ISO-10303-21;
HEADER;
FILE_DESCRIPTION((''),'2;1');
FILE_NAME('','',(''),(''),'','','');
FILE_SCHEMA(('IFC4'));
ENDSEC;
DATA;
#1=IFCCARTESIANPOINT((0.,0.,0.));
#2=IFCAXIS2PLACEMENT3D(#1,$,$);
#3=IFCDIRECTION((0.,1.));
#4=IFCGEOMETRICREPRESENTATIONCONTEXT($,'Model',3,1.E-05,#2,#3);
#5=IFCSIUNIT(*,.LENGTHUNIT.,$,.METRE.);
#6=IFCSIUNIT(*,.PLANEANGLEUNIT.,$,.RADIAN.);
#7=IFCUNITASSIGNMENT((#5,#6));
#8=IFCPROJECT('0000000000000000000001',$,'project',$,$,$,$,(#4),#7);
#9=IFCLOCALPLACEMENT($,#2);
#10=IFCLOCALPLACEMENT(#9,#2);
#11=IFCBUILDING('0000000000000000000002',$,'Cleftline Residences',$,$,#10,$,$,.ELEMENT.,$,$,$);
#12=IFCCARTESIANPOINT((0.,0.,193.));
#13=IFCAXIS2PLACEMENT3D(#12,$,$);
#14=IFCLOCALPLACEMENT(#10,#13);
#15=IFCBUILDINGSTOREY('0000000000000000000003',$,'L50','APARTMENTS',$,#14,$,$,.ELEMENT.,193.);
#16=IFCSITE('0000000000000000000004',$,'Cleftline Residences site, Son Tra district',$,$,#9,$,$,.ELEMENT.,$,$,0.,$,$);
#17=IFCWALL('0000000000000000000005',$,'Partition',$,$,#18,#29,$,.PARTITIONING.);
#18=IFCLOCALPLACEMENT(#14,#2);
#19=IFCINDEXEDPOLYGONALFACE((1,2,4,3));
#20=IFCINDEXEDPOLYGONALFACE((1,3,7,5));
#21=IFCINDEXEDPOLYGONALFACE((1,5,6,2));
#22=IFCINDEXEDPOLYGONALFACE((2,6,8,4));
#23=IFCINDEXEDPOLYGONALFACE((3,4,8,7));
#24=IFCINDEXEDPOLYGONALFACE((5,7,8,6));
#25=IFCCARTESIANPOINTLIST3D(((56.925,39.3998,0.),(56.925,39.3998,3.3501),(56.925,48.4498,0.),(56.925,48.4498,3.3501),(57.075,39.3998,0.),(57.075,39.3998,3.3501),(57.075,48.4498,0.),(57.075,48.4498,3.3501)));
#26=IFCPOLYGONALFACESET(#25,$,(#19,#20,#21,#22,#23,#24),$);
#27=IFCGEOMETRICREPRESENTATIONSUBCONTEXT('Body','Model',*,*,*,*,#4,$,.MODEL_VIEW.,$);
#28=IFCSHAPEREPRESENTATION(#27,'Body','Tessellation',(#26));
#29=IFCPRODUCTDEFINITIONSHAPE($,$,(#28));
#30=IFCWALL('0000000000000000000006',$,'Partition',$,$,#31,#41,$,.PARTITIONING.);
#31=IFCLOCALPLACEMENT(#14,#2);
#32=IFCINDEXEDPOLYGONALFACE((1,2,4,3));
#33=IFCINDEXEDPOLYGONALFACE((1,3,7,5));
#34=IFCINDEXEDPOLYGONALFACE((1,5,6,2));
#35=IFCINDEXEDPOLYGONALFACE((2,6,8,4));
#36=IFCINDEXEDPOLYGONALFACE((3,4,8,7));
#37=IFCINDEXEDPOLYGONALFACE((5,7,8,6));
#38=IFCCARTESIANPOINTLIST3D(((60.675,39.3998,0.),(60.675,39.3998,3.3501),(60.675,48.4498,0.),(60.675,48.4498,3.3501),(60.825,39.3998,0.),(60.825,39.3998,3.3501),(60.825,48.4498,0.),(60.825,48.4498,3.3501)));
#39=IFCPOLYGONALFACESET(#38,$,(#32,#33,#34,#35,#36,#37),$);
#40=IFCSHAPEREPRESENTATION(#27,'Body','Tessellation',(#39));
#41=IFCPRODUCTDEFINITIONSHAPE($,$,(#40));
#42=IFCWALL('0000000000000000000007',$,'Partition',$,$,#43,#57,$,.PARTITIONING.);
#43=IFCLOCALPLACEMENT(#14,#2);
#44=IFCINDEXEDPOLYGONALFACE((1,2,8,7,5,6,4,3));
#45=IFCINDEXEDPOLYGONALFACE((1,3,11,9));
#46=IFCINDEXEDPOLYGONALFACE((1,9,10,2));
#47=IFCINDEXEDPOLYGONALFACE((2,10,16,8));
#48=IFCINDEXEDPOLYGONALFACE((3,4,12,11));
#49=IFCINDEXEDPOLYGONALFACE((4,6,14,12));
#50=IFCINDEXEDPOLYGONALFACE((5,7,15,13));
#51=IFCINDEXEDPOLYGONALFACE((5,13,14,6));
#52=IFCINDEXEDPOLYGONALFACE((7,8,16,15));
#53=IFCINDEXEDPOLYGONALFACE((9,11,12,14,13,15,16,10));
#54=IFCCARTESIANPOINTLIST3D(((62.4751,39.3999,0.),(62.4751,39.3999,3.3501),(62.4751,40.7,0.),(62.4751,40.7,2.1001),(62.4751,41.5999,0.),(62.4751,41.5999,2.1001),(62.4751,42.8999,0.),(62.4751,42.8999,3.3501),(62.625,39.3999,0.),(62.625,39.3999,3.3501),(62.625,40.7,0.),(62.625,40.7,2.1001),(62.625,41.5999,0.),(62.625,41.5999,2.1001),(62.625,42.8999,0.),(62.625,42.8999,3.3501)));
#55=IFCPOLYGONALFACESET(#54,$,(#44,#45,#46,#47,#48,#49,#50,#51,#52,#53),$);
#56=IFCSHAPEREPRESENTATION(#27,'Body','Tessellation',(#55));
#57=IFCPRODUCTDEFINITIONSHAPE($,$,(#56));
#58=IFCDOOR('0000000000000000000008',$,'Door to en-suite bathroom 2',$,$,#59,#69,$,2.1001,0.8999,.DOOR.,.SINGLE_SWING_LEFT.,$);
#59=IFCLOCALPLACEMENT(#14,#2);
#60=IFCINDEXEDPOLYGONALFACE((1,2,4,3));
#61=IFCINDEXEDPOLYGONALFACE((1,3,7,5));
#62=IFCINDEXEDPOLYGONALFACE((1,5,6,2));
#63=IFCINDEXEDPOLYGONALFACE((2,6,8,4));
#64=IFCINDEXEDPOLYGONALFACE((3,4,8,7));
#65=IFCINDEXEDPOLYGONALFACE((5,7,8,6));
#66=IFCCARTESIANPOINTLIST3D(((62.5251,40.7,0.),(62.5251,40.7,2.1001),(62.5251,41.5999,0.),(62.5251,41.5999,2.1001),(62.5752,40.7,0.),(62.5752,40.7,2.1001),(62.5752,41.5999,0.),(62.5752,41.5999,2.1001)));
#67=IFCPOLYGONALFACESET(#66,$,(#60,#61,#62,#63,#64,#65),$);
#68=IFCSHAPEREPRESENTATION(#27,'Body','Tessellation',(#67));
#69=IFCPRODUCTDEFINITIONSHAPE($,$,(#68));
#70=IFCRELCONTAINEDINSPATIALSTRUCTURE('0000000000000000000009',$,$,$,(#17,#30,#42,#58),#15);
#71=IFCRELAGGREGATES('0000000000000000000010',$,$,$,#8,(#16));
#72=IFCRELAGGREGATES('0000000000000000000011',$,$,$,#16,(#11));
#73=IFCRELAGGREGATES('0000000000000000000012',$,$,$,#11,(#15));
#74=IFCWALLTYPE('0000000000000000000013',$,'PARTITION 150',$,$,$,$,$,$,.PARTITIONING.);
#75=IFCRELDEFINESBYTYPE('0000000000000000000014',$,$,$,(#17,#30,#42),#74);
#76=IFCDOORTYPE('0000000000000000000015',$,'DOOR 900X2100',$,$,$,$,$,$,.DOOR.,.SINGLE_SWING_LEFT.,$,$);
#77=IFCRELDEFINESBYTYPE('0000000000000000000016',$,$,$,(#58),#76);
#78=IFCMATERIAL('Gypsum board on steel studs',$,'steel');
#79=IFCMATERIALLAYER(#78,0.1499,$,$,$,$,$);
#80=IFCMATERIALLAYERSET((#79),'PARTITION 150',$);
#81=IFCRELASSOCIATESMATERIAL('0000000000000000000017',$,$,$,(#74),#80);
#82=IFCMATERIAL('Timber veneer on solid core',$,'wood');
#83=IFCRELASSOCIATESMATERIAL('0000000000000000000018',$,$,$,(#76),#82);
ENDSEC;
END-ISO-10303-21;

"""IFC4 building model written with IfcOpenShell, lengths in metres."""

from ifc_helpers import new_model, si_unit, direction, frame, frame_2d, origin, place, context, subcontext, project, spatial, rectangle, extrude, material, layer, layer_set, type_object, element, fill, save


model = new_model("IFC4")

# Units and contexts
model_context = context("Model", 3, precision=1e-05, world=origin(), true_north=direction((0.0, 1.0)))
body_context = subcontext(model_context, "Body", "Model", "MODEL_VIEW")
ifc_project = project(units=[si_unit("LENGTHUNIT", "METRE"), si_unit("PLANEANGLEUNIT", "RADIAN")], contexts=[model_context])

# Site, building, storey
site_placement = place(None, origin())
site = spatial("IfcSite", under=ifc_project, at=site_placement, Name="Cleftline Residences site, Son Tra district", CompositionType="ELEMENT", RefElevation=0.0)
building_placement = place(site_placement, origin())
building = spatial("IfcBuilding", under=site, at=building_placement, Name="Cleftline Residences", CompositionType="ELEMENT")
storey_placement = place(building_placement, frame((0.0, 0.0, 193.0)))
storey = spatial("IfcBuildingStorey", under=building, at=storey_placement, Name="L50", Description="APARTMENTS", CompositionType="ELEMENT", Elevation=193.0)

# Shared definitions
ifc_material_1 = material(Name="Gypsum board on steel studs", Category="steel")
ifc_layer = layer(ifc_material_1, 0.1499)
ifc_layer_set = layer_set([ifc_layer], Name="PARTITION 150")
wall_type = type_object("IfcWallType", Name="PARTITION 150", PredefinedType="PARTITIONING", material=ifc_layer_set)

# Shared definitions
ifc_material_2 = material(Name="Timber veneer on solid core", Category="wood")
door_type_1 = type_object("IfcDoorType", Name="DOOR 900X2100", OperationType="SINGLE_SWING_LEFT", PredefinedType="DOOR", material=ifc_material_2)

# Walls
for number, where, z_axis, x_axis, name in (
    (1, (57.0, 39.3999, 0.0), (0.0, 0.0, 1.0), (0.0, 1.0, 0.0), "Partition"),
    (2, (60.75, 39.3999, 0.0), (0.0, 0.0, 1.0), (0.0, 1.0, 0.0), "Partition"),
):
    element("IfcWall", number, at=place(storey_placement, frame(where, z_axis=z_axis, x_axis=x_axis)), inside=storey, type_object=wall_type, Name=name, PredefinedType="PARTITIONING", context=body_context, shape_type="SweptSolid", body=[
        extrude(rectangle(XDim=9.05, YDim=0.1499, at=frame_2d((4.5249, 0.0))), origin(), (0.0, 0.0, 1.0), 3.3501),
    ])

# Wall, opening, door
wall_1_placement = place(storey_placement, frame((62.55, 39.3999, 0.0), z_axis=(0.0, 0.0, 1.0), x_axis=(0.0, 1.0, 0.0)))
wall_1 = element("IfcWall", 3, at=wall_1_placement, inside=storey, type_object=wall_type, Name="Partition", PredefinedType="PARTITIONING", context=body_context, shape_type="SweptSolid", body=[
    extrude(rectangle(XDim=3.5, YDim=0.1499, at=frame_2d((1.75, 0.0))), origin(), (0.0, 0.0, 1.0), 3.3501),
])
opening_1_placement = place(wall_1_placement, frame((1.3, 0.0, 0.0)))
opening_1 = element("IfcOpeningElement", 4, at=opening_1_placement, cuts=wall_1, PredefinedType="OPENING", context=body_context, shape_type="SweptSolid", body=[
    extrude(rectangle(XDim=0.8999, YDim=2.1001, at=frame_2d((0.45, 1.05))), frame((0.0, 0.085, 0.0), z_axis=(0.0, -1.0, 0.0), x_axis=(1.0, 0.0, 0.0)), (0.0, 0.0, 1.0), 0.1699),
])
door_1_placement = place(opening_1_placement, origin())
door_1 = element("IfcDoor", 5, at=door_1_placement, inside=storey, type_object=door_type_1, Name="Door to en-suite bathroom 2", OperationType="SINGLE_SWING_LEFT", OverallHeight=2.1001, OverallWidth=0.8999, PredefinedType="DOOR", context=body_context, shape_type="SweptSolid", body=[
    extrude(rectangle(XDim=0.8999, YDim=2.1001, at=frame_2d((0.45, 1.05))), frame((0.0, 0.0249, 0.0), z_axis=(0.0, -1.0, 0.0), x_axis=(1.0, 0.0, 0.0)), (0.0, 0.0, 1.0), 0.05),
])
fill(opening_1, door_1)

save(model, "model.ifc")
